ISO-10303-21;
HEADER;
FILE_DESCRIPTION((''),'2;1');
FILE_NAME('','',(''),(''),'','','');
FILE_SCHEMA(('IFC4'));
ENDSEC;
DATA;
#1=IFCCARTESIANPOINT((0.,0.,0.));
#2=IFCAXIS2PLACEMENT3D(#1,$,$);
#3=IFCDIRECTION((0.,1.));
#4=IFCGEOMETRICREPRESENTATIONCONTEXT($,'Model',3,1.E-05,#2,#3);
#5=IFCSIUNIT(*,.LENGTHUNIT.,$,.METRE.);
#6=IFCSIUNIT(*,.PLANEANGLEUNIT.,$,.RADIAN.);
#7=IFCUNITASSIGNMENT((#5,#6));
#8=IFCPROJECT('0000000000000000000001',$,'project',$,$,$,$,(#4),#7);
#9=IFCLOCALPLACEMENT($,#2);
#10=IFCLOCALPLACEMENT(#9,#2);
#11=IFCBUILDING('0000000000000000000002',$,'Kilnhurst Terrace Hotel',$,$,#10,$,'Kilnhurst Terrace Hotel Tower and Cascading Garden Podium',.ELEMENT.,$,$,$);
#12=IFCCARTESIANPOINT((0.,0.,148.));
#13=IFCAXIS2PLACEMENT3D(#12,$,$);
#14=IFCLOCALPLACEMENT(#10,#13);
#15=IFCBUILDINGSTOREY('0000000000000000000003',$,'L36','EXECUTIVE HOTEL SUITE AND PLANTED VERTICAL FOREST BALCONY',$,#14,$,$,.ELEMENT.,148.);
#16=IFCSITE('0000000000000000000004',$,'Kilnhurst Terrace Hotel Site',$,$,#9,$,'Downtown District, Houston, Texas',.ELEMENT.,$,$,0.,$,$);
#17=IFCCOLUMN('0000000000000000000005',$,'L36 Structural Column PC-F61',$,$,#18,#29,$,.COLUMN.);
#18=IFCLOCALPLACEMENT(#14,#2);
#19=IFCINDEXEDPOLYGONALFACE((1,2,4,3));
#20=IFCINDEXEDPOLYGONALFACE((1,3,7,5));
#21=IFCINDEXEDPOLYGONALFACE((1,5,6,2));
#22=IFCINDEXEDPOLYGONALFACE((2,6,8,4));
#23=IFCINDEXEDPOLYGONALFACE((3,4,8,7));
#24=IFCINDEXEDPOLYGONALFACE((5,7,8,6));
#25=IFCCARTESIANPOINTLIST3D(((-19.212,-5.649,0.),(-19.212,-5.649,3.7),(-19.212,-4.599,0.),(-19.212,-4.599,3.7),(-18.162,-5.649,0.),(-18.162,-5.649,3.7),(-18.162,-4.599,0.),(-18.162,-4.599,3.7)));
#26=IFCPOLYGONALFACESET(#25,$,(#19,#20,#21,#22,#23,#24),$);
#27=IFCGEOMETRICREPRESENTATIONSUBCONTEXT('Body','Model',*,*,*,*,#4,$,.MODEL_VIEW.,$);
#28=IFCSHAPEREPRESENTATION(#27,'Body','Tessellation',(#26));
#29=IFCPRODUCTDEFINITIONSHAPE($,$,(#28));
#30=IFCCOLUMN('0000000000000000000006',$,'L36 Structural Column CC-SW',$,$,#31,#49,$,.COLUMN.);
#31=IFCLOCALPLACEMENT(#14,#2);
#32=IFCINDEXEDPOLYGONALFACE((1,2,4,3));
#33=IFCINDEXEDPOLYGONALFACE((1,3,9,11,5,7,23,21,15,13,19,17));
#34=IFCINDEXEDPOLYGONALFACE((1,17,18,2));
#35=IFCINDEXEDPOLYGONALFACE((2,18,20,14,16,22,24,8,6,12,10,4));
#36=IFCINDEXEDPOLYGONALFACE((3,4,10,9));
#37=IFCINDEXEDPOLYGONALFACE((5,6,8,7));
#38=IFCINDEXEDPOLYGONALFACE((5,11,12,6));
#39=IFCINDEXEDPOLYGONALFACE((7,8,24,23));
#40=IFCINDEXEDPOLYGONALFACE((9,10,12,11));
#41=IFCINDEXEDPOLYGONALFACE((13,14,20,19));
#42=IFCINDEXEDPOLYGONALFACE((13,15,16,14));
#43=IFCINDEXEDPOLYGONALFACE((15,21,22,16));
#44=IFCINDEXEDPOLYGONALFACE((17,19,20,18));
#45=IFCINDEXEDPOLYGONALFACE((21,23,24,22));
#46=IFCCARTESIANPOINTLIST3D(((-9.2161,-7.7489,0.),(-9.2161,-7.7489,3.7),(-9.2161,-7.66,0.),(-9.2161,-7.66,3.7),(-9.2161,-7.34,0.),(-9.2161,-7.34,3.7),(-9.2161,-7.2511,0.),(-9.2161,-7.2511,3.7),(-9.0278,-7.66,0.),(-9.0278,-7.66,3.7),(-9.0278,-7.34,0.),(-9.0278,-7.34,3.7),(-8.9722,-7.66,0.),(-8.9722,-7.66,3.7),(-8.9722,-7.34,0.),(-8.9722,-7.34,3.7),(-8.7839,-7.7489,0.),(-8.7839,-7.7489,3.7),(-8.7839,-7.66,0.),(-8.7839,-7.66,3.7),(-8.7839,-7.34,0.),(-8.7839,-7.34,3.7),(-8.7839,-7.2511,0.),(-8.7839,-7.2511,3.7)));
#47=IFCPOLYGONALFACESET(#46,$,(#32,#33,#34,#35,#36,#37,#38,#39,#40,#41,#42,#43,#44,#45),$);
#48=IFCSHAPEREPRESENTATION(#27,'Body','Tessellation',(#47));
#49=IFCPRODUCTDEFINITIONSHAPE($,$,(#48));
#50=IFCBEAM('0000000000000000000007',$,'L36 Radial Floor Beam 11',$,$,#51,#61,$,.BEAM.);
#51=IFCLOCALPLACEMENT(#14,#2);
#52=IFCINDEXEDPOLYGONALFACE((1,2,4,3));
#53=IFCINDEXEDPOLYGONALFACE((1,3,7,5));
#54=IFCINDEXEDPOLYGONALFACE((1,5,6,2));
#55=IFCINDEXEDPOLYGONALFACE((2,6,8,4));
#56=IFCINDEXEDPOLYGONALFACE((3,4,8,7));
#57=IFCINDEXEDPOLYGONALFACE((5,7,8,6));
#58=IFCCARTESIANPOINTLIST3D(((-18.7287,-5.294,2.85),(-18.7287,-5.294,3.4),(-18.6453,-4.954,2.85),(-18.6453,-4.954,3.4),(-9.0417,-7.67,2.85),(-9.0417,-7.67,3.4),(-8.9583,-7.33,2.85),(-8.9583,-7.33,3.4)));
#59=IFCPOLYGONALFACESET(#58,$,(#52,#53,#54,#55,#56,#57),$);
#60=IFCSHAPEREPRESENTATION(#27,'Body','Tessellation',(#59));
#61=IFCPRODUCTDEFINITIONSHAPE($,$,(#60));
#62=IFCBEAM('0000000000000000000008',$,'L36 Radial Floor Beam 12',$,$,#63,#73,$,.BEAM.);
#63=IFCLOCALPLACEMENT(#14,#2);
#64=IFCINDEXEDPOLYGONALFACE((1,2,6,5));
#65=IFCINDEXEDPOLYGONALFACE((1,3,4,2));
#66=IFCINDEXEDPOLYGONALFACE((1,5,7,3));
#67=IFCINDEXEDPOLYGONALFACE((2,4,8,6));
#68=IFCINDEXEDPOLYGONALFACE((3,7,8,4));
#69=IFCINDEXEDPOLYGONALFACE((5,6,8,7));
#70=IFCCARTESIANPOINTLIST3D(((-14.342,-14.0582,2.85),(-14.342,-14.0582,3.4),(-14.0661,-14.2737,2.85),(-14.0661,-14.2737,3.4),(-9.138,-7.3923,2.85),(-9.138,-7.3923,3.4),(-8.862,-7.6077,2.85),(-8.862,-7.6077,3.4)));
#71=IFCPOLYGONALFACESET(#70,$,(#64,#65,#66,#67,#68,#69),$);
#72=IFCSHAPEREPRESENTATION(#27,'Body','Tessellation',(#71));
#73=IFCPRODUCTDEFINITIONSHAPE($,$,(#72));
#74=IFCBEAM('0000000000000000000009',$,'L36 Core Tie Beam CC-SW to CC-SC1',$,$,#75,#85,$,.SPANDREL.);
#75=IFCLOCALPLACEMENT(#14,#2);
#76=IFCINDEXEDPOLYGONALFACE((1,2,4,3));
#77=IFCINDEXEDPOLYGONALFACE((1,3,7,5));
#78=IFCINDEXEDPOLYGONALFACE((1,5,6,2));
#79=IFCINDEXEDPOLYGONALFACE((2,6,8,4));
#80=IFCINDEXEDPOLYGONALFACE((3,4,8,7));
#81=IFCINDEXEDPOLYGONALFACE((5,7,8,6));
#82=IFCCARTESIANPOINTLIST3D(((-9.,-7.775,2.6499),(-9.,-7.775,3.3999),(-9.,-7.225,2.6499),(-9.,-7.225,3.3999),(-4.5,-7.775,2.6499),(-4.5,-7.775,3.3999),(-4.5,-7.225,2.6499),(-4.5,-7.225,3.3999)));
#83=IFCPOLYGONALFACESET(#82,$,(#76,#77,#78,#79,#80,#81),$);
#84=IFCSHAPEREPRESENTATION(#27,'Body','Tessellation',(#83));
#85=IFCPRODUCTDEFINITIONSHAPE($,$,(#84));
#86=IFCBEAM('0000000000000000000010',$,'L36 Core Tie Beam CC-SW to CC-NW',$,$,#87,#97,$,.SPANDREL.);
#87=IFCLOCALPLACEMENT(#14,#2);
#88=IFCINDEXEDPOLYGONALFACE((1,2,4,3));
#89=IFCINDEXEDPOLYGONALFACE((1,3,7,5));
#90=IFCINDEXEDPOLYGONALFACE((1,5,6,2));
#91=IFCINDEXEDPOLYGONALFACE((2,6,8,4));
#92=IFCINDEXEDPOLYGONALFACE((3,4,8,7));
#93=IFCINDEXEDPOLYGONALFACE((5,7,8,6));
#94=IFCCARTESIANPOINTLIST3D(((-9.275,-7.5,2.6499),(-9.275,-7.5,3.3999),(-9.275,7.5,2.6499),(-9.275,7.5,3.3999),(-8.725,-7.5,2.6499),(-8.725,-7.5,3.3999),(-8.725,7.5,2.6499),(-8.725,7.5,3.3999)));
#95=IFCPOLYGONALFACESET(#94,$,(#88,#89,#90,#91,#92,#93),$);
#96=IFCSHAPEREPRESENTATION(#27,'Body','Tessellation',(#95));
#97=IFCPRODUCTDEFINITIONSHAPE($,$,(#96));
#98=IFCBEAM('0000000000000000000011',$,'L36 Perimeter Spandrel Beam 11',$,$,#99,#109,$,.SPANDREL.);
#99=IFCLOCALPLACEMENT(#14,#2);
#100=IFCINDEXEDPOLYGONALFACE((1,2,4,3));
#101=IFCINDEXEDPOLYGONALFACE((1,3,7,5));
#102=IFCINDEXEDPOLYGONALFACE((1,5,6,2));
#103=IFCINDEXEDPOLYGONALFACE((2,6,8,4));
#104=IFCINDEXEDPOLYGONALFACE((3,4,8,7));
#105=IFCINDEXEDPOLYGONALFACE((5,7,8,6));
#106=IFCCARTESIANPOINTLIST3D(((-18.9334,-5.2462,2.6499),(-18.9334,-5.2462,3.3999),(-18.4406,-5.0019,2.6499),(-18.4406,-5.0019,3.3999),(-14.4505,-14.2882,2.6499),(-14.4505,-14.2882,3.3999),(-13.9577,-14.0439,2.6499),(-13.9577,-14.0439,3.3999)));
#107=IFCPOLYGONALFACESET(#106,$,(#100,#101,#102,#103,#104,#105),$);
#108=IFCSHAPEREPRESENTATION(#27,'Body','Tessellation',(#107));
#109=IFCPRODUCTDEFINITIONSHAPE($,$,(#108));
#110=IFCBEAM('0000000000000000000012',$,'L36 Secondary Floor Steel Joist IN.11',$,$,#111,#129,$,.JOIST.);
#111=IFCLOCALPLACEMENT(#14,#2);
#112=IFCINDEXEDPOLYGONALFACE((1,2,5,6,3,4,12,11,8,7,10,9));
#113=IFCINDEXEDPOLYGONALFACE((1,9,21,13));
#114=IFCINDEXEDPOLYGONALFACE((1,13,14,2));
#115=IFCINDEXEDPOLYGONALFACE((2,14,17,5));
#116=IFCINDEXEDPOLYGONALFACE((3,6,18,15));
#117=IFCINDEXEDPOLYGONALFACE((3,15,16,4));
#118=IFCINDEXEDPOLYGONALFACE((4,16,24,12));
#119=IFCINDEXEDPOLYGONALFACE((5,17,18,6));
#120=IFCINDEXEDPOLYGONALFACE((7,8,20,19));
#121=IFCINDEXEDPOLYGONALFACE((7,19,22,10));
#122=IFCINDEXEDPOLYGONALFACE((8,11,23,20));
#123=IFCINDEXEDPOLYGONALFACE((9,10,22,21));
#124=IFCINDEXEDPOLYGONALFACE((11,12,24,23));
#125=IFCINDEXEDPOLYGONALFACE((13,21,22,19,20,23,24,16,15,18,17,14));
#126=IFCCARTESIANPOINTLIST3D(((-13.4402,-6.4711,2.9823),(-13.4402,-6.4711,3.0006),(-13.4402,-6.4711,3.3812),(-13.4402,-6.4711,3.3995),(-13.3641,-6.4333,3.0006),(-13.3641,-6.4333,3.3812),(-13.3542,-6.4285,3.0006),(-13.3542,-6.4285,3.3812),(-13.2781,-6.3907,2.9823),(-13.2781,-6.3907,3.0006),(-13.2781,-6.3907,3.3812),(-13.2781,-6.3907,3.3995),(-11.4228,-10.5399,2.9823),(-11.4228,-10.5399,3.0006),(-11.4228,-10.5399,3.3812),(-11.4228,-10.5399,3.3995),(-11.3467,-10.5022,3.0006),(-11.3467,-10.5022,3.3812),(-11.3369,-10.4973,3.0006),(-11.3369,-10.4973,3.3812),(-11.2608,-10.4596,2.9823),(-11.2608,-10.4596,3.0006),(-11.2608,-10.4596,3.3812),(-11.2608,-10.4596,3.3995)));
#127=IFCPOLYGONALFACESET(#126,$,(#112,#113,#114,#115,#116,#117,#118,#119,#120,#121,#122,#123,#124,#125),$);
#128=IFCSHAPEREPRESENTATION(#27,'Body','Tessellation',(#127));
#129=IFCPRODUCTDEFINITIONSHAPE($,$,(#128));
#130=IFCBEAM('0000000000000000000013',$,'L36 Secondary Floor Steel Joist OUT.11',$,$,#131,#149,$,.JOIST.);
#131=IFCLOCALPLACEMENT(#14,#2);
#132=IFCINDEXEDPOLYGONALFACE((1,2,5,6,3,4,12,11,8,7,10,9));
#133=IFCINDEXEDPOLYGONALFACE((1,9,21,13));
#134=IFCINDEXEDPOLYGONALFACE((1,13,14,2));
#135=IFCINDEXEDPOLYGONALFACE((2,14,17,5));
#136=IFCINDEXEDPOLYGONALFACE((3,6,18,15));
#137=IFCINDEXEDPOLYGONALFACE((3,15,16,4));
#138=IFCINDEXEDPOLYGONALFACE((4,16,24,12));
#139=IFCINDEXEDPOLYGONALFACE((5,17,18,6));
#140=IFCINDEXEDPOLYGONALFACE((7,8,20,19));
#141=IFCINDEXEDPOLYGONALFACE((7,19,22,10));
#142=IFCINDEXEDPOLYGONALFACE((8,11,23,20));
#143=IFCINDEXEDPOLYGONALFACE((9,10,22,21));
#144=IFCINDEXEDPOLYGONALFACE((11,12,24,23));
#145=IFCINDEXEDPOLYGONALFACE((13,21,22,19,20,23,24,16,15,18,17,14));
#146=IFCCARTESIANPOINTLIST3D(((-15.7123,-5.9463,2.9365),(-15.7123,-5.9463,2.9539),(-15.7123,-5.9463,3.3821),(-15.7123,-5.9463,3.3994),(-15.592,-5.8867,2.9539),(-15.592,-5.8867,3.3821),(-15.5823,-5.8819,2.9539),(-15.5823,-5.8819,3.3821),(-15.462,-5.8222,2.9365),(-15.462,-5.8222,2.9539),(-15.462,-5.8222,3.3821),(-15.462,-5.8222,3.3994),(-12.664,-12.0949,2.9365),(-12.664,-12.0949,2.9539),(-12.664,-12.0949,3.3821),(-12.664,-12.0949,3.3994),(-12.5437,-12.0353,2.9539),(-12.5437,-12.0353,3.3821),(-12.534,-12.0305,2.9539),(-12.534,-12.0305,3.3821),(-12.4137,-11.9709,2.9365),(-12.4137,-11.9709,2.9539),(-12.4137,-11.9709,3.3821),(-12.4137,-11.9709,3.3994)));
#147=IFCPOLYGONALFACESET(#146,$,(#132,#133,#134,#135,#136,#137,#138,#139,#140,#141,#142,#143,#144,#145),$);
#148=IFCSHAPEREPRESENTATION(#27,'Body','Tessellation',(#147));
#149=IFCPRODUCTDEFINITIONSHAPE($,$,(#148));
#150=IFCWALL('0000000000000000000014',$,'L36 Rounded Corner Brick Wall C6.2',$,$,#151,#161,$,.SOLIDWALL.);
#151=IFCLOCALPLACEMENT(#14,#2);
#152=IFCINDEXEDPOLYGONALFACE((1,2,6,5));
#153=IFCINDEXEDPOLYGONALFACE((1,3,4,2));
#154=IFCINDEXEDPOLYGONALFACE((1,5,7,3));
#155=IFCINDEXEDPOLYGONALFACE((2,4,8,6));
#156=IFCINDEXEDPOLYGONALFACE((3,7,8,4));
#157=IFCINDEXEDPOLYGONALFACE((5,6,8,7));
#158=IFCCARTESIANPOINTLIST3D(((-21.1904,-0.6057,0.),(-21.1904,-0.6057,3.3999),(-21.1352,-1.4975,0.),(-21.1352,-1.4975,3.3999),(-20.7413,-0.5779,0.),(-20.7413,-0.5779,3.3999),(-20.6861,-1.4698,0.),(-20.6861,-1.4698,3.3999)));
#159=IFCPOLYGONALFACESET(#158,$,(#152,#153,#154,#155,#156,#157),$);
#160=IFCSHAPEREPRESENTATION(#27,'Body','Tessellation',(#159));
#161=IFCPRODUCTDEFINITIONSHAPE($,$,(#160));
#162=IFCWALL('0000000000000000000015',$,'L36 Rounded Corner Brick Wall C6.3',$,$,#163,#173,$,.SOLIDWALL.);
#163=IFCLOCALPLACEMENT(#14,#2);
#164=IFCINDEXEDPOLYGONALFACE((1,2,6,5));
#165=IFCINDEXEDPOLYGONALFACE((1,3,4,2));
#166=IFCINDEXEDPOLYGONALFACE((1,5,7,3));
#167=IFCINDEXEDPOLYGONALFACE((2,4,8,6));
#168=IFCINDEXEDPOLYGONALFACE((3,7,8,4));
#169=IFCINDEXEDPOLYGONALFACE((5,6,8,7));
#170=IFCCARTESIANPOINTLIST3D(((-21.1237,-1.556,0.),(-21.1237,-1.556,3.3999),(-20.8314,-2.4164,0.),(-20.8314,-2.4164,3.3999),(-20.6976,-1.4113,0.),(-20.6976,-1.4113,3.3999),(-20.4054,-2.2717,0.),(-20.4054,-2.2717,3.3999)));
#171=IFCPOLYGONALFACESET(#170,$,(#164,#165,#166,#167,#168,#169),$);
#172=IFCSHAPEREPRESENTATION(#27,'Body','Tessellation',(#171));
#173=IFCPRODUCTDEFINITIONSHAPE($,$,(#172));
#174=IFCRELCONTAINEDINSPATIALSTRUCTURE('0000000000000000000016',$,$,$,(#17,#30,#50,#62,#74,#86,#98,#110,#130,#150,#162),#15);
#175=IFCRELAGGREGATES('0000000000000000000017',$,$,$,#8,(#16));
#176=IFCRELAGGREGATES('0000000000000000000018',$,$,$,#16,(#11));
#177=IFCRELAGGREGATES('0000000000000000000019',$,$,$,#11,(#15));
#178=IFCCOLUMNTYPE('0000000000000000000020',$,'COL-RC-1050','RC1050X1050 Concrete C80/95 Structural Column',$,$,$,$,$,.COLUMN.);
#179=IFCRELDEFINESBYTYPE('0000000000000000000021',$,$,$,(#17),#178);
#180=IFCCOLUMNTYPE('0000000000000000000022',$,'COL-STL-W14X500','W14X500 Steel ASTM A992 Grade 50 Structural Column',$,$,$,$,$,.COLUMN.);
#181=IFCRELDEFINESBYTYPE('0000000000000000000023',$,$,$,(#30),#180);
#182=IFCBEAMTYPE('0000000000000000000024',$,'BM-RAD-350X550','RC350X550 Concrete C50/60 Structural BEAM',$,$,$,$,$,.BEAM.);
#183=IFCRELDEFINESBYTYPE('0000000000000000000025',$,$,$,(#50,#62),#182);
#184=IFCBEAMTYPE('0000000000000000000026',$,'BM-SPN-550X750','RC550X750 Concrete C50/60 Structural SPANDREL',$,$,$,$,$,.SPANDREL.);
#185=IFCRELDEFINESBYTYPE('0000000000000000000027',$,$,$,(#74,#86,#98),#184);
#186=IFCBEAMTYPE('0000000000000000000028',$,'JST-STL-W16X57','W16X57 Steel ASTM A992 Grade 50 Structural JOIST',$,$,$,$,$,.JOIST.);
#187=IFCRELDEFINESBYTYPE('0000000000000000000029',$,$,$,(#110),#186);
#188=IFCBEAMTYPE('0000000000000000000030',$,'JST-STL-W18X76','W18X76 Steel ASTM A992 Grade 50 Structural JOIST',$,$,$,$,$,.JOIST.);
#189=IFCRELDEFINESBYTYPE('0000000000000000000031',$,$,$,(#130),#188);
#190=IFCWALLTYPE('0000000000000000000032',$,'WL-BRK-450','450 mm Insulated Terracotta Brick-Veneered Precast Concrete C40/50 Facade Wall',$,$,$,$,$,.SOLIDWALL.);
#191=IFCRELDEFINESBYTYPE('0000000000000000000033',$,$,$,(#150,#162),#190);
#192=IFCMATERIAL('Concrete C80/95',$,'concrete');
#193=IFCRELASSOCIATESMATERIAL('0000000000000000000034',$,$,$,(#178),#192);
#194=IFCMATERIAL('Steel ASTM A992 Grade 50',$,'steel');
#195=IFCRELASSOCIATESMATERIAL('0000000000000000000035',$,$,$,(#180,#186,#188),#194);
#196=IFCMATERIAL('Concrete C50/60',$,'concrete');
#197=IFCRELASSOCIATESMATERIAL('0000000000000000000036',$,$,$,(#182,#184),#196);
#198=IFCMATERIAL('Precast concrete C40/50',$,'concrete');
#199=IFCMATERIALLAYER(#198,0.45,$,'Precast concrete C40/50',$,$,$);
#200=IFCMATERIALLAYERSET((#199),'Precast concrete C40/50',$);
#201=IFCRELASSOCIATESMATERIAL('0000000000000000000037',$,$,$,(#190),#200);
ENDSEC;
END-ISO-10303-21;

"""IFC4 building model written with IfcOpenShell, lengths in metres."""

from ifc_helpers import new_model, si_unit, direction, frame, frame_2d, origin, origin_2d, place, context, subcontext, project, spatial, rectangle, i_section, extrude, material, layer, layer_set, material_profile, profile_set, type_object, element, save


model = new_model("IFC4")

# Units and contexts
model_context = context("Model", 3, precision=1e-05, world=origin(), true_north=direction((0.0, 1.0)))
body_context = subcontext(model_context, "Body", "Model", "MODEL_VIEW")
ifc_project = project(units=[si_unit("LENGTHUNIT", "METRE"), si_unit("PLANEANGLEUNIT", "RADIAN")], contexts=[model_context])

# Site, building, storey
site_placement = place(None, origin())
site = spatial("IfcSite", under=ifc_project, at=site_placement, Name="Kilnhurst Terrace Hotel Site", LongName="Downtown District, Houston, Texas", CompositionType="ELEMENT", RefElevation=0.0)
building_placement = place(site_placement, origin())
building = spatial("IfcBuilding", under=site, at=building_placement, Name="Kilnhurst Terrace Hotel", LongName="Kilnhurst Terrace Hotel Tower and Cascading Garden Podium", CompositionType="ELEMENT")
storey_placement = place(building_placement, frame((0.0, 0.0, 148.0)))
storey = spatial("IfcBuildingStorey", under=building, at=storey_placement, Name="L36", Description="EXECUTIVE HOTEL SUITE AND PLANTED VERTICAL FOREST BALCONY", CompositionType="ELEMENT", Elevation=148.0)

# Columns
ifc_material_1 = material(Name="Concrete C80/95", Category="concrete")
ifc_material_profile_1 = material_profile(ifc_material_1, rectangle(XDim=1.05, YDim=1.05, at=origin_2d()), Name="RC1050X1050")
ifc_profile_set_1 = profile_set([ifc_material_profile_1], Name="Concrete C80/95")
column_type_1 = type_object("IfcColumnType", Name="COL-RC-1050", Description="RC1050X1050 Concrete C80/95 Structural Column", PredefinedType="COLUMN", material=ifc_profile_set_1)
column_1_placement = place(storey_placement, frame((-18.687, -5.124, 0.0), z_axis=(0.0, 0.0, 1.0), x_axis=(1.0, 0.0, 0.0)))
element("IfcColumn", 1, at=column_1_placement, inside=storey, type_object=column_type_1, Name="L36 Structural Column PC-F61", PredefinedType="COLUMN", context=body_context, shape_type="SweptSolid", body=[
    extrude(rectangle(XDim=1.05, YDim=1.05, at=origin_2d()), origin(), (0.0, 0.0, 1.0), 3.7),
])
ifc_material_2 = material(Name="Steel ASTM A992 Grade 50", Category="steel")
ifc_material_profile_2 = material_profile(ifc_material_2, i_section(OverallWidth=0.4321, OverallDepth=0.4978, WebThickness=0.0557, FlangeThickness=0.0889, at=origin_2d()), Name="W14X500")
ifc_profile_set_2 = profile_set([ifc_material_profile_2], Name="Steel ASTM A992 Grade 50")
column_type_2 = type_object("IfcColumnType", Name="COL-STL-W14X500", Description="W14X500 Steel ASTM A992 Grade 50 Structural Column", PredefinedType="COLUMN", material=ifc_profile_set_2)
column_2_placement = place(storey_placement, frame((-9.0, -7.5, 0.0), z_axis=(0.0, 0.0, 1.0), x_axis=(1.0, 0.0, 0.0)))
element("IfcColumn", 2, at=column_2_placement, inside=storey, type_object=column_type_2, Name="L36 Structural Column CC-SW", PredefinedType="COLUMN", context=body_context, shape_type="SweptSolid", body=[
    extrude(i_section(OverallWidth=0.4321, OverallDepth=0.4978, WebThickness=0.0557, FlangeThickness=0.0889, at=origin_2d()), origin(), (0.0, 0.0, 1.0), 3.7),
])

# Beams
ifc_material_3 = material(Name="Concrete C50/60", Category="concrete")
ifc_material_profile_3 = material_profile(ifc_material_3, rectangle(XDim=0.3501, YDim=0.55, at=origin_2d()), Name="RC350X550")
ifc_profile_set_3 = profile_set([ifc_material_profile_3], Name="Concrete C50/60")
beam_type_1 = type_object("IfcBeamType", Name="BM-RAD-350X550", Description="RC350X550 Concrete C50/60 Structural BEAM", PredefinedType="BEAM", material=ifc_profile_set_3)
beam_1_placement = place(storey_placement, frame((-9.0, -7.5, 3.125), z_axis=(-0.971213, 0.238214, 0.0), x_axis=(-0.238214, -0.971213, 0.0)))
element("IfcBeam", 3, at=beam_1_placement, inside=storey, type_object=beam_type_1, Name="L36 Radial Floor Beam 11", PredefinedType="BEAM", context=body_context, shape_type="SweptSolid", body=[
    extrude(rectangle(XDim=0.3501, YDim=0.55, at=origin_2d()), origin(), (0.0, 0.0, 1.0), 9.9741),
])
beam_2_placement = place(storey_placement, frame((-9.0, -7.5, 3.125), z_axis=(-0.615371, -0.788238, 0.0), x_axis=(0.788238, -0.615371, 0.0)))
element("IfcBeam", 4, at=beam_2_placement, inside=storey, type_object=beam_type_1, Name="L36 Radial Floor Beam 12", PredefinedType="BEAM", context=body_context, shape_type="SweptSolid", body=[
    extrude(rectangle(XDim=0.3501, YDim=0.55, at=origin_2d()), origin(), (0.0, 0.0, 1.0), 8.4568),
])
ifc_material_profile_4 = material_profile(ifc_material_3, rectangle(XDim=0.55, YDim=0.75, at=origin_2d()), Name="RC550X750")
ifc_profile_set_4 = profile_set([ifc_material_profile_4], Name="Concrete C50/60")
beam_type_2 = type_object("IfcBeamType", Name="BM-SPN-550X750", Description="RC550X750 Concrete C50/60 Structural SPANDREL", PredefinedType="SPANDREL", material=ifc_profile_set_4)
beam_3_placement = place(storey_placement, frame((-9.0, -7.5, 3.0249), z_axis=(1.0, 0.0, 0.0), x_axis=(0.0, 1.0, 0.0)))
element("IfcBeam", 5, at=beam_3_placement, inside=storey, type_object=beam_type_2, Name="L36 Core Tie Beam CC-SW to CC-SC1", PredefinedType="SPANDREL", context=body_context, shape_type="SweptSolid", body=[
    extrude(rectangle(XDim=0.55, YDim=0.75, at=origin_2d()), origin(), (0.0, 0.0, 1.0), 4.5),
])
beam_4_placement = place(storey_placement, frame((-9.0, -7.5, 3.0249), z_axis=(0.0, 1.0, 0.0), x_axis=(-1.0, 0.0, 0.0)))
element("IfcBeam", 6, at=beam_4_placement, inside=storey, type_object=beam_type_2, Name="L36 Core Tie Beam CC-SW to CC-NW", PredefinedType="SPANDREL", context=body_context, shape_type="SweptSolid", body=[
    extrude(rectangle(XDim=0.55, YDim=0.75, at=origin_2d()), origin(), (0.0, 0.0, 1.0), 15.0),
])
beam_5_placement = place(storey_placement, frame((-18.687, -5.124, 3.0249), z_axis=(0.444192, -0.895932, 0.0), x_axis=(0.895932, 0.444192, 0.0)))
element("IfcBeam", 7, at=beam_5_placement, inside=storey, type_object=beam_type_2, Name="L36 Perimeter Spandrel Beam 11", PredefinedType="SPANDREL", context=body_context, shape_type="SweptSolid", body=[
    extrude(rectangle(XDim=0.55, YDim=0.75, at=origin_2d()), origin(), (0.0, 0.0, 1.0), 10.0923),
])
ifc_material_profile_5 = material_profile(ifc_material_2, i_section(OverallWidth=0.1809, OverallDepth=0.4172, WebThickness=0.011, FlangeThickness=0.0183, at=origin_2d()), Name="W16X57")
ifc_profile_set_5 = profile_set([ifc_material_profile_5], Name="Steel ASTM A992 Grade 50")
beam_type_3 = type_object("IfcBeamType", Name="JST-STL-W16X57", Description="W16X57 Steel ASTM A992 Grade 50 Structural JOIST", PredefinedType="JOIST", material=ifc_profile_set_5)
beam_6_placement = place(storey_placement, frame((-13.3591, -6.4309, 3.1909), z_axis=(0.444201, -0.895927, 0.0), x_axis=(0.895927, 0.444201, 0.0)))
element("IfcBeam", 8, at=beam_6_placement, inside=storey, type_object=beam_type_3, Name="L36 Secondary Floor Steel Joist IN.11", PredefinedType="JOIST", context=body_context, shape_type="SweptSolid", body=[
    extrude(i_section(OverallWidth=0.1809, OverallDepth=0.4172, WebThickness=0.011, FlangeThickness=0.0183, at=origin_2d()), origin(), (0.0, 0.0, 1.0), 4.5415),
])
ifc_material_profile_6 = material_profile(ifc_material_2, i_section(OverallWidth=0.2793, OverallDepth=0.4629, WebThickness=0.0107, FlangeThickness=0.0173, at=origin_2d()), Name="W18X76")
ifc_profile_set_6 = profile_set([ifc_material_profile_6], Name="Steel ASTM A992 Grade 50")
beam_type_4 = type_object("IfcBeamType", Name="JST-STL-W18X76", Description="W18X76 Steel ASTM A992 Grade 50 Structural JOIST", PredefinedType="JOIST", material=ifc_profile_set_6)
beam_7_placement = place(storey_placement, frame((-15.5872, -5.8843, 3.168), z_axis=(0.44418, -0.895938, 0.0), x_axis=(0.895938, 0.44418, 0.0)))
element("IfcBeam", 9, at=beam_7_placement, inside=storey, type_object=beam_type_4, Name="L36 Secondary Floor Steel Joist OUT.11", PredefinedType="JOIST", context=body_context, shape_type="SweptSolid", body=[
    extrude(i_section(OverallWidth=0.2793, OverallDepth=0.4629, WebThickness=0.0107, FlangeThickness=0.0173, at=origin_2d()), origin(), (0.0, 0.0, 1.0), 6.8628),
])

# Walls
ifc_material_4 = material(Name="Precast concrete C40/50", Category="concrete")
ifc_layer_1 = layer(ifc_material_4, 0.45, Name="Precast concrete C40/50")
ifc_layer_set_1 = layer_set([ifc_layer_1], Name="Precast concrete C40/50")
wall_type_1 = type_object("IfcWallType", Name="WL-BRK-450", Description="450 mm Insulated Terracotta Brick-Veneered Precast Concrete C40/50 Facade Wall", PredefinedType="SOLIDWALL", material=ifc_layer_set_1)
wall_1_placement = place(storey_placement, frame((-20.9658, -0.5918, 0.0), z_axis=(0.0, 0.0, 1.0), x_axis=(0.061749, -0.998092, 0.0)))
element("IfcWall", 10, at=wall_1_placement, inside=storey, type_object=wall_type_1, Name="L36 Rounded Corner Brick Wall C6.2", PredefinedType="SOLIDWALL", context=body_context, shape_type="SweptSolid", body=[
    extrude(rectangle(XDim=0.8936, YDim=0.45, at=frame_2d((0.4468, 0.0))), origin(), (0.0, 0.0, 1.0), 3.3999),
])
wall_2_placement = place(storey_placement, frame((-20.9106, -1.4836, 0.0), z_axis=(0.0, 0.0, 1.0), x_axis=(0.321623, -0.946868, 0.0)))
element("IfcWall", 11, at=wall_2_placement, inside=storey, type_object=wall_type_1, Name="L36 Rounded Corner Brick Wall C6.3", PredefinedType="SOLIDWALL", context=body_context, shape_type="SweptSolid", body=[
    extrude(rectangle(XDim=0.9087, YDim=0.45, at=frame_2d((0.4543, 0.0))), origin(), (0.0, 0.0, 1.0), 3.3999),
])

save(model, "model.ifc")
